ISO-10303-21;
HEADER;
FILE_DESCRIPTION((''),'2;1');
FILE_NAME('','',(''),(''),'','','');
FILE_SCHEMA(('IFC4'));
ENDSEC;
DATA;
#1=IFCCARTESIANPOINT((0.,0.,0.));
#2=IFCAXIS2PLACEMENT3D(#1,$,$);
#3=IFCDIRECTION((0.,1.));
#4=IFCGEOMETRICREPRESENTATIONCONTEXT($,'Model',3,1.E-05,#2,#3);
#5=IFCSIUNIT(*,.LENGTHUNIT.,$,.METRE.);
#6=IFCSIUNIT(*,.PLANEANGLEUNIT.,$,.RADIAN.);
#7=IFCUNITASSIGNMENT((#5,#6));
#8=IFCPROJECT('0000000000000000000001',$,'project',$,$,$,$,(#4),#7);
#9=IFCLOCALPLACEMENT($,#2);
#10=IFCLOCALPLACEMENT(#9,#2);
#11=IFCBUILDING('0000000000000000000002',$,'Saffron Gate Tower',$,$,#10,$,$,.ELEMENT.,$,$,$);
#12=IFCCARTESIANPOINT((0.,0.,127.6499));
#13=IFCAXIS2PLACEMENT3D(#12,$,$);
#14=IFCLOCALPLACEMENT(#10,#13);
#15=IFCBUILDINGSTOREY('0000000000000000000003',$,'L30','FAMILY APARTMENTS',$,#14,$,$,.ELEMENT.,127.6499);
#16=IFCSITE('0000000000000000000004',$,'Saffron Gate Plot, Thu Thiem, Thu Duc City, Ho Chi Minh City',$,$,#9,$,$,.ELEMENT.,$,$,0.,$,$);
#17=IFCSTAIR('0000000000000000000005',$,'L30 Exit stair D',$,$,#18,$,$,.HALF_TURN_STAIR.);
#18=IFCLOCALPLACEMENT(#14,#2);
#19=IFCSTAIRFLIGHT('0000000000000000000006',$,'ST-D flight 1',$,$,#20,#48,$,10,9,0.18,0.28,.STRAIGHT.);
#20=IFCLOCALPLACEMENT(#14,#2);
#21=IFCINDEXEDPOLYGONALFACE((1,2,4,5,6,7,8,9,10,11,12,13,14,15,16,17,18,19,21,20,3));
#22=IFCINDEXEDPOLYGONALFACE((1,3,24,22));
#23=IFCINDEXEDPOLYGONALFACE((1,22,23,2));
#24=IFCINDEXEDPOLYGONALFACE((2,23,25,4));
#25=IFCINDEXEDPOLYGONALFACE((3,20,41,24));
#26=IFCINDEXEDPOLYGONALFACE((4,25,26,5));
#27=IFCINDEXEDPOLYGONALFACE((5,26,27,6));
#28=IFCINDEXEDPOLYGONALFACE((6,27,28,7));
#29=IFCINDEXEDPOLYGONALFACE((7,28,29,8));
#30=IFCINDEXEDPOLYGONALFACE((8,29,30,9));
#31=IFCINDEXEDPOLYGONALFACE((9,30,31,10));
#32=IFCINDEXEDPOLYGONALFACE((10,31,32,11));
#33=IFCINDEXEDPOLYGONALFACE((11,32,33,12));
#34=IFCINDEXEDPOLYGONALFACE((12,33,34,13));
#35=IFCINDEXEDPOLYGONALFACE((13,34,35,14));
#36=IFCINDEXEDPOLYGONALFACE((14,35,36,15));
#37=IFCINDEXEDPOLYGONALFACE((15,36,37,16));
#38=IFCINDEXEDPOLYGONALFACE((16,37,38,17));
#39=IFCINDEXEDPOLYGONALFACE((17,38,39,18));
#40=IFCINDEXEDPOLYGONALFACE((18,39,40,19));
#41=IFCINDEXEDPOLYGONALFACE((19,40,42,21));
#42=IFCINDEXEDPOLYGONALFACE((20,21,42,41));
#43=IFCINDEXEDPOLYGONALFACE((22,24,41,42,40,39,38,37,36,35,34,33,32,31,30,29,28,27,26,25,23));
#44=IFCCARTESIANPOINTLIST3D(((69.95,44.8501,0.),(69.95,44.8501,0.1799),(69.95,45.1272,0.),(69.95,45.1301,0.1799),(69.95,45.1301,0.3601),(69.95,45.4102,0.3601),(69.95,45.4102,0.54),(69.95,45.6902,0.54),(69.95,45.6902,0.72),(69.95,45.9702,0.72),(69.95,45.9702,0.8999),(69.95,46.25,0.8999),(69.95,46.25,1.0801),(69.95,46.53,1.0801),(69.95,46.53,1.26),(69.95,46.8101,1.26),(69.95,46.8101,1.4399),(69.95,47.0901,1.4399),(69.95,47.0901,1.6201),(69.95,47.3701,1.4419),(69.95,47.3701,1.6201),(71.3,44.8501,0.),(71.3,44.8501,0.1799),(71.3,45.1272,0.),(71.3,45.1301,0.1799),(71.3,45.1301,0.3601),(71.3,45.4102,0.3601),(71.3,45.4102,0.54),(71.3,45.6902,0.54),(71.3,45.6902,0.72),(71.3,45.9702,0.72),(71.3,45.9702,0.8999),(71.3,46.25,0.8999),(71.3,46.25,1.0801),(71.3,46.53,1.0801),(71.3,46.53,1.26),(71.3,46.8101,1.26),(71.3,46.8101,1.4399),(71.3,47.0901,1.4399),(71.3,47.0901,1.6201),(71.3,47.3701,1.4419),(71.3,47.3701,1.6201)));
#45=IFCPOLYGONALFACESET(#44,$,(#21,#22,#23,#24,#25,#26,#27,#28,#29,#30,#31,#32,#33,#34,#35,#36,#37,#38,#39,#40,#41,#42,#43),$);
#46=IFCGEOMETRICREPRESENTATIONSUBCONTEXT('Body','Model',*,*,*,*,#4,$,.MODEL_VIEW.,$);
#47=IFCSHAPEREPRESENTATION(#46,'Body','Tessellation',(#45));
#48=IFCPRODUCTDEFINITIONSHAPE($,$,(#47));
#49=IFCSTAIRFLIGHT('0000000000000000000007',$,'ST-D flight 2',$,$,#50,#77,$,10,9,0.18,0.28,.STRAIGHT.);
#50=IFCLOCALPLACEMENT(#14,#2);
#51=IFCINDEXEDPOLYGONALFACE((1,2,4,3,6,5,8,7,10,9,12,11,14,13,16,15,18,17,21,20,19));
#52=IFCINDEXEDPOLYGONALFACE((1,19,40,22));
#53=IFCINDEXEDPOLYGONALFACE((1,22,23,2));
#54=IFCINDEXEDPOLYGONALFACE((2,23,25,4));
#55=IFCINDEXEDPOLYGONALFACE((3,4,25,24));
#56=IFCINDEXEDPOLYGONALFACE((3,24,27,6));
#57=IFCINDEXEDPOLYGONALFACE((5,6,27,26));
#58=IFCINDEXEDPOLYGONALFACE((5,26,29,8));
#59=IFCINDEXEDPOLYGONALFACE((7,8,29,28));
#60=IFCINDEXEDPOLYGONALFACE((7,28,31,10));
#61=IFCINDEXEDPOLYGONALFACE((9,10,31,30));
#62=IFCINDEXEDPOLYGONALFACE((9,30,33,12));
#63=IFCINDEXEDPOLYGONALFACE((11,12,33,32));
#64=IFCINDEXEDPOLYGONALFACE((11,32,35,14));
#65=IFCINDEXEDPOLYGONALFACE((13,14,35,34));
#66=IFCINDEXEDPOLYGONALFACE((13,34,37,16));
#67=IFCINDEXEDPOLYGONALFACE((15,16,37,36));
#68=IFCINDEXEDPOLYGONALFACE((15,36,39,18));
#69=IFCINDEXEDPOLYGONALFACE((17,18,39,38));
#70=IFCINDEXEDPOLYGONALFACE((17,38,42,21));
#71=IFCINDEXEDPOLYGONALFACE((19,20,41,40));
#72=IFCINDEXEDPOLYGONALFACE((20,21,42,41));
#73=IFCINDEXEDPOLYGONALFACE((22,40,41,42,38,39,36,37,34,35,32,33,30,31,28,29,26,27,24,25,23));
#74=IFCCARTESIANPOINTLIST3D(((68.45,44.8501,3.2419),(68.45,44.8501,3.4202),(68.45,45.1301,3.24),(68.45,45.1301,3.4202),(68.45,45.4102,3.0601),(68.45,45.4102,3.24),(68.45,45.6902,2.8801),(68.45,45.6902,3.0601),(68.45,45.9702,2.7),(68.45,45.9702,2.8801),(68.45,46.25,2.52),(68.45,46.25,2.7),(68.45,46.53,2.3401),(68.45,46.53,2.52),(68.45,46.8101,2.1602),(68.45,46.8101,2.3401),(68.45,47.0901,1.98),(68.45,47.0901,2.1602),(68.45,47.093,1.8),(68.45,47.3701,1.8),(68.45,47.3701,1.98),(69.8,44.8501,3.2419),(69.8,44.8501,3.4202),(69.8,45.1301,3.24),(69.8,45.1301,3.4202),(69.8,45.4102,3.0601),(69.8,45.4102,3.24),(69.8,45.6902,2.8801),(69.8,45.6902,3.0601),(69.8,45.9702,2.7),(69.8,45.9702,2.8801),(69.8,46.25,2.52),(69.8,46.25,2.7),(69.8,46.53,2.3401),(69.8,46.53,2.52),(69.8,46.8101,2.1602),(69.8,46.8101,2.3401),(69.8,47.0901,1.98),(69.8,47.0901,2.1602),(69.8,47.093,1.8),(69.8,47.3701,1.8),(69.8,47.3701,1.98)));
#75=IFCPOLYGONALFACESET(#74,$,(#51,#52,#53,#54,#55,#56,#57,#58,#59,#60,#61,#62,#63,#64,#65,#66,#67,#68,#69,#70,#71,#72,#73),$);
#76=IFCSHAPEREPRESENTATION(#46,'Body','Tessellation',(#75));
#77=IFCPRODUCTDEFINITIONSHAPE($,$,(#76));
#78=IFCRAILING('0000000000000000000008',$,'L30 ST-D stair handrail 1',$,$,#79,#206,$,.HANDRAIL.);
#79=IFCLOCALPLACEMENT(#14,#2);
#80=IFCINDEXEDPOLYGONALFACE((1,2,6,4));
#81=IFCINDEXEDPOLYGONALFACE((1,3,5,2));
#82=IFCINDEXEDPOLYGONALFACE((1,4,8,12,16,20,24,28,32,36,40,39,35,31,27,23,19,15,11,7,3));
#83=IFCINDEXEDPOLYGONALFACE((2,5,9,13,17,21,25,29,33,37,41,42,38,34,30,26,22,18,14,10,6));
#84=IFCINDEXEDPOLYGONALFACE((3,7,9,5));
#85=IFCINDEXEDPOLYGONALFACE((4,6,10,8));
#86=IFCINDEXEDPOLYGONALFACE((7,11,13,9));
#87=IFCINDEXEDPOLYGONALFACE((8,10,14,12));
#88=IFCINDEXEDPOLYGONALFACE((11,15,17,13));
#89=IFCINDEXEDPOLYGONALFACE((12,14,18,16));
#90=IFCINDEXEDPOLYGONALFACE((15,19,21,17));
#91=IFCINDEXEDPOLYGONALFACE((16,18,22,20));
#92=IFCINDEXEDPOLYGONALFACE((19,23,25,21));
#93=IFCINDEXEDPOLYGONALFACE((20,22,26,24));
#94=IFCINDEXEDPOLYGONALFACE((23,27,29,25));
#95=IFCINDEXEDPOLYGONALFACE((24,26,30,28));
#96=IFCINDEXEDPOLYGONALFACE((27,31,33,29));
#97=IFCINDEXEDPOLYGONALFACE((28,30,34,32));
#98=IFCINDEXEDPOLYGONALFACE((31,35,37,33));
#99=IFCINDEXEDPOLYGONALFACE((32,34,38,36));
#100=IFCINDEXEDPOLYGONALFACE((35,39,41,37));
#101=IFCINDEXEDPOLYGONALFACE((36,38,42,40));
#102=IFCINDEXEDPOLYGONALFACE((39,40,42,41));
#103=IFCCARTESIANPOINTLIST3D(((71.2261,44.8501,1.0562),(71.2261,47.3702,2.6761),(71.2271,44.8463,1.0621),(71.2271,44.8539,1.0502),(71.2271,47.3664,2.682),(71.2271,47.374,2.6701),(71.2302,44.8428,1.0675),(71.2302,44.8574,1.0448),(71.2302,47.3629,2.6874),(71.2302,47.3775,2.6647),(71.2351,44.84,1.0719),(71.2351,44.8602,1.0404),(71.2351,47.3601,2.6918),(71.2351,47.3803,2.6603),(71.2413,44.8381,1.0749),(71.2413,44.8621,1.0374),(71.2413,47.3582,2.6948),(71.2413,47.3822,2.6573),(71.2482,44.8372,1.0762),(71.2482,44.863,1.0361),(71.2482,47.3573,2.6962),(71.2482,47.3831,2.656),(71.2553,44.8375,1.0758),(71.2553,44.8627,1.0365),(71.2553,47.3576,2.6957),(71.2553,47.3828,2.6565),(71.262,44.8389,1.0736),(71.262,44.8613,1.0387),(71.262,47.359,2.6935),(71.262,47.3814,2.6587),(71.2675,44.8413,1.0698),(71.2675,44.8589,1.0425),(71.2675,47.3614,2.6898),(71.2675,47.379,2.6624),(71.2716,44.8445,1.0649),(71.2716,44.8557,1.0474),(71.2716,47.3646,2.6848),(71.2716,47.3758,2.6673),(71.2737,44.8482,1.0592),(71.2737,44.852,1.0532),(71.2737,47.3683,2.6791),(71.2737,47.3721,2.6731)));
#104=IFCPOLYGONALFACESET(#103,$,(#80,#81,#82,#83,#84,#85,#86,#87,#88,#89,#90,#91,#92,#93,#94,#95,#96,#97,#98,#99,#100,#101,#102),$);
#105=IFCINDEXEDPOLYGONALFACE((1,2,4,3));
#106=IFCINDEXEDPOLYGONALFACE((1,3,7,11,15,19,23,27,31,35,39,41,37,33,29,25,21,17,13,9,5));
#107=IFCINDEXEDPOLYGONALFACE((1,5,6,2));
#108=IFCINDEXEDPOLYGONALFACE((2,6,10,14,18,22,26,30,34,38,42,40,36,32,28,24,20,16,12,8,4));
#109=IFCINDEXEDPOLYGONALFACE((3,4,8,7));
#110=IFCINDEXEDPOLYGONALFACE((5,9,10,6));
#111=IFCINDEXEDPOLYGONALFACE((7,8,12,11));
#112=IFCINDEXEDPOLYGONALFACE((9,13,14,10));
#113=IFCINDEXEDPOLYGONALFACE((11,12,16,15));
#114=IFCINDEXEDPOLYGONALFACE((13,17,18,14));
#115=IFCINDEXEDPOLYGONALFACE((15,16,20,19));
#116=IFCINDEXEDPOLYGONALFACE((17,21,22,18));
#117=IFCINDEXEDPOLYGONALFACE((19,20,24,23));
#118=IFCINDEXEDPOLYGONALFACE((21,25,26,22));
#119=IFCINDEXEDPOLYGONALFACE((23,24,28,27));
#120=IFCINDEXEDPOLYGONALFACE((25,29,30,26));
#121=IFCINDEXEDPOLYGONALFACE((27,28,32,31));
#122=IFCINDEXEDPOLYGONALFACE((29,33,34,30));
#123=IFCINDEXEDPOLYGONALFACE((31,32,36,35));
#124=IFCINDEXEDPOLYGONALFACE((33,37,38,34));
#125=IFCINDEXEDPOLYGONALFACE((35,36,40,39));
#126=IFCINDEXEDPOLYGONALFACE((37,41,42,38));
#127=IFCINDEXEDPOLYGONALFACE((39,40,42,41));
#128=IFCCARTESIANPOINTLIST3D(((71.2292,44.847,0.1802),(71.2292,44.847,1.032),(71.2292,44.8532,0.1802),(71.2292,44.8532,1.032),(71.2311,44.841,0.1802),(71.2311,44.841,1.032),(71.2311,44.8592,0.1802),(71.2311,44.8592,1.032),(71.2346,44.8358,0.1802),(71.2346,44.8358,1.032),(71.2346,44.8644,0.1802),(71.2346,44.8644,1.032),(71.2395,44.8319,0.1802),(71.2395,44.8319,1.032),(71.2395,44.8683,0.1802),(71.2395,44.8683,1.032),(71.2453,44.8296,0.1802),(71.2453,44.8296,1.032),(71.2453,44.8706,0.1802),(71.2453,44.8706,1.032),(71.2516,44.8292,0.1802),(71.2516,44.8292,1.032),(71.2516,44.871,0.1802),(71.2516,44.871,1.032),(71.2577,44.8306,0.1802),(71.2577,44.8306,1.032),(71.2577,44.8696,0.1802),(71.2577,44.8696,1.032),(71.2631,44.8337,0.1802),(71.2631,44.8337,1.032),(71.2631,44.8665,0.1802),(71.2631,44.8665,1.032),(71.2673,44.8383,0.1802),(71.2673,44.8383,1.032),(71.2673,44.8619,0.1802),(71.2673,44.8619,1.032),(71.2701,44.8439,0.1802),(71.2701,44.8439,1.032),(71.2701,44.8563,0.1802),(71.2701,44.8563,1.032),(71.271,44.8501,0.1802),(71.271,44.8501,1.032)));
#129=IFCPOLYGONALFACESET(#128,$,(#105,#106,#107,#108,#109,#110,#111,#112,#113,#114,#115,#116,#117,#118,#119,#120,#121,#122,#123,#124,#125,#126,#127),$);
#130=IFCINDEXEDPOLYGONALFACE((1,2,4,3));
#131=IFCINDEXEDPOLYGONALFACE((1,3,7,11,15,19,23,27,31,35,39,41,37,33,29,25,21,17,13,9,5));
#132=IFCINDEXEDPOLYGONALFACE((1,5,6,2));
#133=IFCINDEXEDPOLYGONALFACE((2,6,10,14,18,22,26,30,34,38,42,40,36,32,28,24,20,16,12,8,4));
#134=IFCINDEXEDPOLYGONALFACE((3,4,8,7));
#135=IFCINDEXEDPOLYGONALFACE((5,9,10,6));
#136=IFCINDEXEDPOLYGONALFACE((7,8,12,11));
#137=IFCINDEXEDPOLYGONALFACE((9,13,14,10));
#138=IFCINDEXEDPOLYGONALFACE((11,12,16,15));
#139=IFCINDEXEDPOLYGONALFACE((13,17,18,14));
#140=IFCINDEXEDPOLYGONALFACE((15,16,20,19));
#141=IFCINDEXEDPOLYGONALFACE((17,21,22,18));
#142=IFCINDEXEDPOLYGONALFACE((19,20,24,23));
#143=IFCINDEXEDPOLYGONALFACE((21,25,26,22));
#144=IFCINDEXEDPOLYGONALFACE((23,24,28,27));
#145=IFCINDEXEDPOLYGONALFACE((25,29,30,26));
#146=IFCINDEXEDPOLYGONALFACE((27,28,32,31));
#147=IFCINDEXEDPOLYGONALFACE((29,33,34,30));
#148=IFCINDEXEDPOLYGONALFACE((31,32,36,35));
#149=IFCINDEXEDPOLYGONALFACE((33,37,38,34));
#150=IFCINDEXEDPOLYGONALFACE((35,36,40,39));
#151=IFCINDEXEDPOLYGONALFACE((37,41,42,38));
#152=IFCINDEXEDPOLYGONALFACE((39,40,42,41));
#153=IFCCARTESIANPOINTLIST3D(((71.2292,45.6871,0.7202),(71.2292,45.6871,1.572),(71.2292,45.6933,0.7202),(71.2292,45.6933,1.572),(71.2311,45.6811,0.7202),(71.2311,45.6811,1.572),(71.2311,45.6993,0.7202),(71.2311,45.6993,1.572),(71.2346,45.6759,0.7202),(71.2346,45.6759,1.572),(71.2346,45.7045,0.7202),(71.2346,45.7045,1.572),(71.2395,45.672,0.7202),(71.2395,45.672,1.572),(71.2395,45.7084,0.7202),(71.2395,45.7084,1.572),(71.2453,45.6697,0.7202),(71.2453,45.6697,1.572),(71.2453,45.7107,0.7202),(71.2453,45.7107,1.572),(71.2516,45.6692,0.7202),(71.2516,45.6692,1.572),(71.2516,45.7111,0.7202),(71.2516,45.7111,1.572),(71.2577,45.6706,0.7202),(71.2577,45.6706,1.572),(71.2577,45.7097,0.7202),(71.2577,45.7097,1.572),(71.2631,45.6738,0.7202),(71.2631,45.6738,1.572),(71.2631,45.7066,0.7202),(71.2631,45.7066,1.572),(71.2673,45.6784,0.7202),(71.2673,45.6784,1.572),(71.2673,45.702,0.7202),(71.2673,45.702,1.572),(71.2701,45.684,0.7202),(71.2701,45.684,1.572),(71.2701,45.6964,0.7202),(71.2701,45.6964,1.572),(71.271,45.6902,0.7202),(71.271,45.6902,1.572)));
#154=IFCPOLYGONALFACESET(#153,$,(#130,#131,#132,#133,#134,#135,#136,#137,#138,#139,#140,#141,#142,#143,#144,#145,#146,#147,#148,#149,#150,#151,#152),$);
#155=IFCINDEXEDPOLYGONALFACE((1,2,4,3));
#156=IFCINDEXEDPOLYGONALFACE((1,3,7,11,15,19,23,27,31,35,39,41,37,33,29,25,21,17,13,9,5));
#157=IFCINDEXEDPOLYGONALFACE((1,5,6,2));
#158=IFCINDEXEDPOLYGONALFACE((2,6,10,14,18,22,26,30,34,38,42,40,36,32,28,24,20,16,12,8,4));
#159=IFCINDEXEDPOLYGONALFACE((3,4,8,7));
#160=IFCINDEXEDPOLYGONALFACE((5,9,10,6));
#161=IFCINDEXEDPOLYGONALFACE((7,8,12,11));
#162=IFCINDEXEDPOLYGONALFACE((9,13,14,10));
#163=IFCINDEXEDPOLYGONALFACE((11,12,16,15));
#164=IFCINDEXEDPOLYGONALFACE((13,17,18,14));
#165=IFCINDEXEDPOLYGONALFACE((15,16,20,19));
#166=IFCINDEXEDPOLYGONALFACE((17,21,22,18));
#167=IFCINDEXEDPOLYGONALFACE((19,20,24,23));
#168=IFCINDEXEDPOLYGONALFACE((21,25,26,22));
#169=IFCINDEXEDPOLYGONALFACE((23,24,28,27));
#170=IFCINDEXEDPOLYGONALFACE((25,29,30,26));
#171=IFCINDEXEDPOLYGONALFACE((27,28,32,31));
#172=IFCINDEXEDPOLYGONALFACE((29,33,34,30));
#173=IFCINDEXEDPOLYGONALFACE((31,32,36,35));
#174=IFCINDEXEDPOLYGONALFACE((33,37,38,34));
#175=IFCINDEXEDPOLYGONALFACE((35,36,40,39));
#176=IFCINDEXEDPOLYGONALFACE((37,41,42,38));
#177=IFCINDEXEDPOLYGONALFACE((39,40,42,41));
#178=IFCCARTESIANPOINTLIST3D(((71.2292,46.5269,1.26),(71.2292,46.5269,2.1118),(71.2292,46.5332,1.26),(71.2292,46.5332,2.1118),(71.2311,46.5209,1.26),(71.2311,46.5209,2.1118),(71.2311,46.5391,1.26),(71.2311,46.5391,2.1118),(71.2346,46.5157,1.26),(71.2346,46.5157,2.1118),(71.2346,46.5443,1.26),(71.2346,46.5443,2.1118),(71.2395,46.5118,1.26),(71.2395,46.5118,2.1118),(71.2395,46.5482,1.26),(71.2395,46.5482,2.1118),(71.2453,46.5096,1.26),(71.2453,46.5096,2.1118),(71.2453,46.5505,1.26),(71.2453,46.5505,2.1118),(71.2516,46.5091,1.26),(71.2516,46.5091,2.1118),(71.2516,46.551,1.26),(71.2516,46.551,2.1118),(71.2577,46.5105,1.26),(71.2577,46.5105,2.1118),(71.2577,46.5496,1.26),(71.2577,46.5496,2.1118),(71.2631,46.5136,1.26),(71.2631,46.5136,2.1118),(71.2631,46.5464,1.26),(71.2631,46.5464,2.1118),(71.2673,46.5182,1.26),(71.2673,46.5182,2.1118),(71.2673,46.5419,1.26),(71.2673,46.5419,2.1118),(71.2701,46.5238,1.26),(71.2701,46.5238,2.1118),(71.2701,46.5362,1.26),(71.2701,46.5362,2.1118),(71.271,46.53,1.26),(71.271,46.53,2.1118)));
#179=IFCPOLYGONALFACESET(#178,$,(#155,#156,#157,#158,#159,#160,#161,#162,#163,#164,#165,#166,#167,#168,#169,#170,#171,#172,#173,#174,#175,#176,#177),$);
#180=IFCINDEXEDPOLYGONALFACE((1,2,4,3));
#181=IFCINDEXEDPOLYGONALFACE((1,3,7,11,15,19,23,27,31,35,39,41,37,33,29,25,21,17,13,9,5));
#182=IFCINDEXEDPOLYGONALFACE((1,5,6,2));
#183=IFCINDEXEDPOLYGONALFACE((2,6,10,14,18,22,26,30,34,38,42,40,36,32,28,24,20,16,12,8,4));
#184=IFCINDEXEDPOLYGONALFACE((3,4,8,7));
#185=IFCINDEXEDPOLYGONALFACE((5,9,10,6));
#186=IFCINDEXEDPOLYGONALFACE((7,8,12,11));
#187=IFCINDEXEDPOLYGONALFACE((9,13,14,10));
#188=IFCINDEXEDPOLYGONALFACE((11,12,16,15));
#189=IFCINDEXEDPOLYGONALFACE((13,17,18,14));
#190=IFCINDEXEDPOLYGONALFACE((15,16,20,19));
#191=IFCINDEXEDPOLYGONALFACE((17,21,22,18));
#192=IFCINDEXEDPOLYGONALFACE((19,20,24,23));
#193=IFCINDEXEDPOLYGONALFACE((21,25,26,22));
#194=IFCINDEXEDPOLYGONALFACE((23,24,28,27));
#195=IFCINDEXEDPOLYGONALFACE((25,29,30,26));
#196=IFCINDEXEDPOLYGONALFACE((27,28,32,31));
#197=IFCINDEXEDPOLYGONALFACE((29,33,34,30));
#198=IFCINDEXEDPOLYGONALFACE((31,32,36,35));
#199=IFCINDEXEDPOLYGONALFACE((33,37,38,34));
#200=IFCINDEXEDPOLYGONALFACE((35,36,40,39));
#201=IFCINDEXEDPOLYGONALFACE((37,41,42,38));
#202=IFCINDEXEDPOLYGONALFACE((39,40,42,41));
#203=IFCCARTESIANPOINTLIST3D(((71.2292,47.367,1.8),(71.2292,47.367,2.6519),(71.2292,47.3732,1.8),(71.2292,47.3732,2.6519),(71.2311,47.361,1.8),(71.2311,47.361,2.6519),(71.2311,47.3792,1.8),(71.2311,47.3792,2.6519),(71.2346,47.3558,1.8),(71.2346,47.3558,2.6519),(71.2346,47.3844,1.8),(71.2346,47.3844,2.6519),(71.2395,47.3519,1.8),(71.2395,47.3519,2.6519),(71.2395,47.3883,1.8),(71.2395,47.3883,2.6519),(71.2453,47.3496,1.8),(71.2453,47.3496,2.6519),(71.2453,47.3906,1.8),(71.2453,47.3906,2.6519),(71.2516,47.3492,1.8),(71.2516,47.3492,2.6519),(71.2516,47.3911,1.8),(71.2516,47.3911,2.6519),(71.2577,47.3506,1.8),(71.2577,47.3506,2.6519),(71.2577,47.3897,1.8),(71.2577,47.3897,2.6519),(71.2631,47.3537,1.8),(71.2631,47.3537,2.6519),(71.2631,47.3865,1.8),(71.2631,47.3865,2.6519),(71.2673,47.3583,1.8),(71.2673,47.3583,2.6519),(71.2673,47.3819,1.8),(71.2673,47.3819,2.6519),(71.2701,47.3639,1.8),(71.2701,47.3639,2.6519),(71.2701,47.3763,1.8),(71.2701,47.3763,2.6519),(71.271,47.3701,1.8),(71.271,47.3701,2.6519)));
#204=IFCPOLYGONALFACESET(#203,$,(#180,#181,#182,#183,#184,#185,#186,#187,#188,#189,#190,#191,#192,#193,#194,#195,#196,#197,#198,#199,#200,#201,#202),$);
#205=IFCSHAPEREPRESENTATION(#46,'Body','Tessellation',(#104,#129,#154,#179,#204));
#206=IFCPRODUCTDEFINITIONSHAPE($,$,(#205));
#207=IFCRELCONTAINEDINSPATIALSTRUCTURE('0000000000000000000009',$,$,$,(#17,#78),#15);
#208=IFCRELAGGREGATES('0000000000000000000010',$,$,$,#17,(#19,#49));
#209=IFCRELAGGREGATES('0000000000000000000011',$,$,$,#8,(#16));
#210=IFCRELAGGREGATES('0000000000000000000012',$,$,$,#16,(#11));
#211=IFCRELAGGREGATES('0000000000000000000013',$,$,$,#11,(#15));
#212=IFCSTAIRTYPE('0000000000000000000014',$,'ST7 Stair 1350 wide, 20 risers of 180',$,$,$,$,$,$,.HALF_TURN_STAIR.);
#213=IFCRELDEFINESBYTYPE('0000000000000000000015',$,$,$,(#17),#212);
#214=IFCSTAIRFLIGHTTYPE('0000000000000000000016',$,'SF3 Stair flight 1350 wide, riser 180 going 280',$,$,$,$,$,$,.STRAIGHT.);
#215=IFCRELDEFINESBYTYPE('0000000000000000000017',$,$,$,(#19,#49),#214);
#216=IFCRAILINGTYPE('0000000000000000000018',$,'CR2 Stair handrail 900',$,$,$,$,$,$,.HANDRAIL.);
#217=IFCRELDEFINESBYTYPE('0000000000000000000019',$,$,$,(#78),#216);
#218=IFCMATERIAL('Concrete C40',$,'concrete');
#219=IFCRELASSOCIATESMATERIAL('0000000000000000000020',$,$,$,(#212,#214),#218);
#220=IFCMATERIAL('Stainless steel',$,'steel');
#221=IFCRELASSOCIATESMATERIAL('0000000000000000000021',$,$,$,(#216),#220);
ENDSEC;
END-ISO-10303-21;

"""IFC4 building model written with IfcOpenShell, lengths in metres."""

from ifc_helpers import new_model, si_unit, direction, frame, origin, origin_2d, place, context, subcontext, project, spatial, polyline, circle, outline, extrude, material, type_object, element, aggregate, save


model = new_model("IFC4")

# Units and contexts
model_context = context("Model", 3, precision=1e-05, world=origin(), true_north=direction((0.0, 1.0)))
body_context = subcontext(model_context, "Body", "Model", "MODEL_VIEW")
ifc_project = project(units=[si_unit("LENGTHUNIT", "METRE"), si_unit("PLANEANGLEUNIT", "RADIAN")], contexts=[model_context])

# Site, building, storey
site_placement = place(None, origin())
site = spatial("IfcSite", under=ifc_project, at=site_placement, Name="Saffron Gate Plot, Thu Thiem, Thu Duc City, Ho Chi Minh City", CompositionType="ELEMENT", RefElevation=0.0)
building_placement = place(site_placement, origin())
building = spatial("IfcBuilding", under=site, at=building_placement, Name="Saffron Gate Tower", CompositionType="ELEMENT")
storey_placement = place(building_placement, frame((0.0, 0.0, 127.6499)))
storey = spatial("IfcBuildingStorey", under=building, at=storey_placement, Name="L30", Description="FAMILY APARTMENTS", CompositionType="ELEMENT", Elevation=127.6499)

# Stair, stair flights
ifc_material_1 = material(Name="Concrete C40", Category="concrete")
stair_type = type_object("IfcStairType", Name="ST7 Stair 1350 wide, 20 risers of 180", PredefinedType="HALF_TURN_STAIR", material=ifc_material_1)
stair_placement = place(storey_placement, origin())
stair = element("IfcStair", 1, at=stair_placement, inside=storey, type_object=stair_type, Name="L30 Exit stair D", PredefinedType="HALF_TURN_STAIR")
stair_flight_type = type_object("IfcStairFlightType", Name="SF3 Stair flight 1350 wide, riser 180 going 280", PredefinedType="STRAIGHT", material=ifc_material_1)
stair_flight_1_placement = place(storey_placement, frame((70.625, 44.8501, 0.0), z_axis=(0.0, 0.0, 1.0), x_axis=(0.0, 1.0, 0.0)))
stair_flight_1 = element("IfcStairFlight", 2, at=stair_flight_1_placement, type_object=stair_flight_type, Name="ST-D flight 1", NumberOfRisers=10, NumberOfTreads=9, PredefinedType="STRAIGHT", RiserHeight=0.18, TreadLength=0.28, context=body_context, shape_type="SweptSolid", body=[
    extrude(outline(polyline([(0.0, 0.0), (0.0, 0.1799), (0.28, 0.1799), (0.28, 0.3601), (0.5601, 0.3601), (0.5601, 0.54), (0.8401, 0.54), (0.8401, 0.72), (1.1201, 0.72), (1.1201, 0.8999), (1.3999, 0.8999), (1.3999, 1.0801), (1.6799, 1.0801), (1.6799, 1.26), (1.96, 1.26), (1.96, 1.4399), (2.24, 1.4399), (2.24, 1.6201), (2.52, 1.6201), (2.52, 1.8), (2.52, 1.4419), (0.2771, 0.0), (0.0, 0.0)])), frame((0.0, 0.675, 0.0), z_axis=(0.0, -1.0, 0.0), x_axis=(1.0, 0.0, 0.0)), (0.0, 0.0, 1.0), 1.3501),
])
stair_flight_2_placement = place(storey_placement, frame((69.125, 47.3701, 1.8), z_axis=(0.0, 0.0, 1.0), x_axis=(0.0, -1.0, 0.0)))
stair_flight_2 = element("IfcStairFlight", 3, at=stair_flight_2_placement, type_object=stair_flight_type, Name="ST-D flight 2", NumberOfRisers=10, NumberOfTreads=9, PredefinedType="STRAIGHT", RiserHeight=0.18, TreadLength=0.28, context=body_context, shape_type="SweptSolid", body=[
    extrude(outline(polyline([(0.0, 0.0), (0.0, 0.1799), (0.28, 0.1799), (0.28, 0.3601), (0.5601, 0.3601), (0.5601, 0.54), (0.8401, 0.54), (0.8401, 0.72), (1.1201, 0.72), (1.1201, 0.8999), (1.3999, 0.8999), (1.3999, 1.0801), (1.6799, 1.0801), (1.6799, 1.26), (1.96, 1.26), (1.96, 1.4399), (2.24, 1.4399), (2.24, 1.6201), (2.52, 1.6201), (2.52, 1.8), (2.52, 1.4419), (0.2771, 0.0), (0.0, 0.0)])), frame((0.0, 0.675, 0.0), z_axis=(0.0, -1.0, 0.0), x_axis=(1.0, 0.0, 0.0)), (0.0, 0.0, 1.0), 1.3501),
])
aggregate(stair, [stair_flight_1, stair_flight_2])

# Railing
ifc_material_2 = material(Name="Stainless steel", Category="steel")
railing_type_1 = type_object("IfcRailingType", Name="CR2 Stair handrail 900", PredefinedType="HANDRAIL", material=ifc_material_2)
railing_1_placement = place(storey_placement, frame((71.25, 44.8501, 0.1802)))
element("IfcRailing", 4, at=railing_1_placement, inside=storey, type_object=railing_type_1, Name="L30 ST-D stair handrail 1", PredefinedType="HANDRAIL", context=body_context, shape_type="SweptSolid", body=[
    extrude(circle(Radius=0.0239, at=origin_2d()), frame((0.0, 0.0, 0.876), z_axis=(0.0, 0.8412, 0.540725), x_axis=(-1.0, 0.0, 0.0)), (0.0, 0.0, 1.0), 2.9958),
    extrude(circle(Radius=0.021, at=origin_2d()), origin(), (0.0, 0.0, 1.0), 0.8518),
    extrude(circle(Radius=0.021, at=origin_2d()), frame((0.0, 0.8401, 0.54)), (0.0, 0.0, 1.0), 0.8518),
    extrude(circle(Radius=0.021, at=origin_2d()), frame((0.0, 1.6799, 1.0798)), (0.0, 0.0, 1.0), 0.8518),
    extrude(circle(Radius=0.021, at=origin_2d()), frame((0.0, 2.52, 1.6199)), (0.0, 0.0, 1.0), 0.8518),
])

save(model, "model.ifc")
